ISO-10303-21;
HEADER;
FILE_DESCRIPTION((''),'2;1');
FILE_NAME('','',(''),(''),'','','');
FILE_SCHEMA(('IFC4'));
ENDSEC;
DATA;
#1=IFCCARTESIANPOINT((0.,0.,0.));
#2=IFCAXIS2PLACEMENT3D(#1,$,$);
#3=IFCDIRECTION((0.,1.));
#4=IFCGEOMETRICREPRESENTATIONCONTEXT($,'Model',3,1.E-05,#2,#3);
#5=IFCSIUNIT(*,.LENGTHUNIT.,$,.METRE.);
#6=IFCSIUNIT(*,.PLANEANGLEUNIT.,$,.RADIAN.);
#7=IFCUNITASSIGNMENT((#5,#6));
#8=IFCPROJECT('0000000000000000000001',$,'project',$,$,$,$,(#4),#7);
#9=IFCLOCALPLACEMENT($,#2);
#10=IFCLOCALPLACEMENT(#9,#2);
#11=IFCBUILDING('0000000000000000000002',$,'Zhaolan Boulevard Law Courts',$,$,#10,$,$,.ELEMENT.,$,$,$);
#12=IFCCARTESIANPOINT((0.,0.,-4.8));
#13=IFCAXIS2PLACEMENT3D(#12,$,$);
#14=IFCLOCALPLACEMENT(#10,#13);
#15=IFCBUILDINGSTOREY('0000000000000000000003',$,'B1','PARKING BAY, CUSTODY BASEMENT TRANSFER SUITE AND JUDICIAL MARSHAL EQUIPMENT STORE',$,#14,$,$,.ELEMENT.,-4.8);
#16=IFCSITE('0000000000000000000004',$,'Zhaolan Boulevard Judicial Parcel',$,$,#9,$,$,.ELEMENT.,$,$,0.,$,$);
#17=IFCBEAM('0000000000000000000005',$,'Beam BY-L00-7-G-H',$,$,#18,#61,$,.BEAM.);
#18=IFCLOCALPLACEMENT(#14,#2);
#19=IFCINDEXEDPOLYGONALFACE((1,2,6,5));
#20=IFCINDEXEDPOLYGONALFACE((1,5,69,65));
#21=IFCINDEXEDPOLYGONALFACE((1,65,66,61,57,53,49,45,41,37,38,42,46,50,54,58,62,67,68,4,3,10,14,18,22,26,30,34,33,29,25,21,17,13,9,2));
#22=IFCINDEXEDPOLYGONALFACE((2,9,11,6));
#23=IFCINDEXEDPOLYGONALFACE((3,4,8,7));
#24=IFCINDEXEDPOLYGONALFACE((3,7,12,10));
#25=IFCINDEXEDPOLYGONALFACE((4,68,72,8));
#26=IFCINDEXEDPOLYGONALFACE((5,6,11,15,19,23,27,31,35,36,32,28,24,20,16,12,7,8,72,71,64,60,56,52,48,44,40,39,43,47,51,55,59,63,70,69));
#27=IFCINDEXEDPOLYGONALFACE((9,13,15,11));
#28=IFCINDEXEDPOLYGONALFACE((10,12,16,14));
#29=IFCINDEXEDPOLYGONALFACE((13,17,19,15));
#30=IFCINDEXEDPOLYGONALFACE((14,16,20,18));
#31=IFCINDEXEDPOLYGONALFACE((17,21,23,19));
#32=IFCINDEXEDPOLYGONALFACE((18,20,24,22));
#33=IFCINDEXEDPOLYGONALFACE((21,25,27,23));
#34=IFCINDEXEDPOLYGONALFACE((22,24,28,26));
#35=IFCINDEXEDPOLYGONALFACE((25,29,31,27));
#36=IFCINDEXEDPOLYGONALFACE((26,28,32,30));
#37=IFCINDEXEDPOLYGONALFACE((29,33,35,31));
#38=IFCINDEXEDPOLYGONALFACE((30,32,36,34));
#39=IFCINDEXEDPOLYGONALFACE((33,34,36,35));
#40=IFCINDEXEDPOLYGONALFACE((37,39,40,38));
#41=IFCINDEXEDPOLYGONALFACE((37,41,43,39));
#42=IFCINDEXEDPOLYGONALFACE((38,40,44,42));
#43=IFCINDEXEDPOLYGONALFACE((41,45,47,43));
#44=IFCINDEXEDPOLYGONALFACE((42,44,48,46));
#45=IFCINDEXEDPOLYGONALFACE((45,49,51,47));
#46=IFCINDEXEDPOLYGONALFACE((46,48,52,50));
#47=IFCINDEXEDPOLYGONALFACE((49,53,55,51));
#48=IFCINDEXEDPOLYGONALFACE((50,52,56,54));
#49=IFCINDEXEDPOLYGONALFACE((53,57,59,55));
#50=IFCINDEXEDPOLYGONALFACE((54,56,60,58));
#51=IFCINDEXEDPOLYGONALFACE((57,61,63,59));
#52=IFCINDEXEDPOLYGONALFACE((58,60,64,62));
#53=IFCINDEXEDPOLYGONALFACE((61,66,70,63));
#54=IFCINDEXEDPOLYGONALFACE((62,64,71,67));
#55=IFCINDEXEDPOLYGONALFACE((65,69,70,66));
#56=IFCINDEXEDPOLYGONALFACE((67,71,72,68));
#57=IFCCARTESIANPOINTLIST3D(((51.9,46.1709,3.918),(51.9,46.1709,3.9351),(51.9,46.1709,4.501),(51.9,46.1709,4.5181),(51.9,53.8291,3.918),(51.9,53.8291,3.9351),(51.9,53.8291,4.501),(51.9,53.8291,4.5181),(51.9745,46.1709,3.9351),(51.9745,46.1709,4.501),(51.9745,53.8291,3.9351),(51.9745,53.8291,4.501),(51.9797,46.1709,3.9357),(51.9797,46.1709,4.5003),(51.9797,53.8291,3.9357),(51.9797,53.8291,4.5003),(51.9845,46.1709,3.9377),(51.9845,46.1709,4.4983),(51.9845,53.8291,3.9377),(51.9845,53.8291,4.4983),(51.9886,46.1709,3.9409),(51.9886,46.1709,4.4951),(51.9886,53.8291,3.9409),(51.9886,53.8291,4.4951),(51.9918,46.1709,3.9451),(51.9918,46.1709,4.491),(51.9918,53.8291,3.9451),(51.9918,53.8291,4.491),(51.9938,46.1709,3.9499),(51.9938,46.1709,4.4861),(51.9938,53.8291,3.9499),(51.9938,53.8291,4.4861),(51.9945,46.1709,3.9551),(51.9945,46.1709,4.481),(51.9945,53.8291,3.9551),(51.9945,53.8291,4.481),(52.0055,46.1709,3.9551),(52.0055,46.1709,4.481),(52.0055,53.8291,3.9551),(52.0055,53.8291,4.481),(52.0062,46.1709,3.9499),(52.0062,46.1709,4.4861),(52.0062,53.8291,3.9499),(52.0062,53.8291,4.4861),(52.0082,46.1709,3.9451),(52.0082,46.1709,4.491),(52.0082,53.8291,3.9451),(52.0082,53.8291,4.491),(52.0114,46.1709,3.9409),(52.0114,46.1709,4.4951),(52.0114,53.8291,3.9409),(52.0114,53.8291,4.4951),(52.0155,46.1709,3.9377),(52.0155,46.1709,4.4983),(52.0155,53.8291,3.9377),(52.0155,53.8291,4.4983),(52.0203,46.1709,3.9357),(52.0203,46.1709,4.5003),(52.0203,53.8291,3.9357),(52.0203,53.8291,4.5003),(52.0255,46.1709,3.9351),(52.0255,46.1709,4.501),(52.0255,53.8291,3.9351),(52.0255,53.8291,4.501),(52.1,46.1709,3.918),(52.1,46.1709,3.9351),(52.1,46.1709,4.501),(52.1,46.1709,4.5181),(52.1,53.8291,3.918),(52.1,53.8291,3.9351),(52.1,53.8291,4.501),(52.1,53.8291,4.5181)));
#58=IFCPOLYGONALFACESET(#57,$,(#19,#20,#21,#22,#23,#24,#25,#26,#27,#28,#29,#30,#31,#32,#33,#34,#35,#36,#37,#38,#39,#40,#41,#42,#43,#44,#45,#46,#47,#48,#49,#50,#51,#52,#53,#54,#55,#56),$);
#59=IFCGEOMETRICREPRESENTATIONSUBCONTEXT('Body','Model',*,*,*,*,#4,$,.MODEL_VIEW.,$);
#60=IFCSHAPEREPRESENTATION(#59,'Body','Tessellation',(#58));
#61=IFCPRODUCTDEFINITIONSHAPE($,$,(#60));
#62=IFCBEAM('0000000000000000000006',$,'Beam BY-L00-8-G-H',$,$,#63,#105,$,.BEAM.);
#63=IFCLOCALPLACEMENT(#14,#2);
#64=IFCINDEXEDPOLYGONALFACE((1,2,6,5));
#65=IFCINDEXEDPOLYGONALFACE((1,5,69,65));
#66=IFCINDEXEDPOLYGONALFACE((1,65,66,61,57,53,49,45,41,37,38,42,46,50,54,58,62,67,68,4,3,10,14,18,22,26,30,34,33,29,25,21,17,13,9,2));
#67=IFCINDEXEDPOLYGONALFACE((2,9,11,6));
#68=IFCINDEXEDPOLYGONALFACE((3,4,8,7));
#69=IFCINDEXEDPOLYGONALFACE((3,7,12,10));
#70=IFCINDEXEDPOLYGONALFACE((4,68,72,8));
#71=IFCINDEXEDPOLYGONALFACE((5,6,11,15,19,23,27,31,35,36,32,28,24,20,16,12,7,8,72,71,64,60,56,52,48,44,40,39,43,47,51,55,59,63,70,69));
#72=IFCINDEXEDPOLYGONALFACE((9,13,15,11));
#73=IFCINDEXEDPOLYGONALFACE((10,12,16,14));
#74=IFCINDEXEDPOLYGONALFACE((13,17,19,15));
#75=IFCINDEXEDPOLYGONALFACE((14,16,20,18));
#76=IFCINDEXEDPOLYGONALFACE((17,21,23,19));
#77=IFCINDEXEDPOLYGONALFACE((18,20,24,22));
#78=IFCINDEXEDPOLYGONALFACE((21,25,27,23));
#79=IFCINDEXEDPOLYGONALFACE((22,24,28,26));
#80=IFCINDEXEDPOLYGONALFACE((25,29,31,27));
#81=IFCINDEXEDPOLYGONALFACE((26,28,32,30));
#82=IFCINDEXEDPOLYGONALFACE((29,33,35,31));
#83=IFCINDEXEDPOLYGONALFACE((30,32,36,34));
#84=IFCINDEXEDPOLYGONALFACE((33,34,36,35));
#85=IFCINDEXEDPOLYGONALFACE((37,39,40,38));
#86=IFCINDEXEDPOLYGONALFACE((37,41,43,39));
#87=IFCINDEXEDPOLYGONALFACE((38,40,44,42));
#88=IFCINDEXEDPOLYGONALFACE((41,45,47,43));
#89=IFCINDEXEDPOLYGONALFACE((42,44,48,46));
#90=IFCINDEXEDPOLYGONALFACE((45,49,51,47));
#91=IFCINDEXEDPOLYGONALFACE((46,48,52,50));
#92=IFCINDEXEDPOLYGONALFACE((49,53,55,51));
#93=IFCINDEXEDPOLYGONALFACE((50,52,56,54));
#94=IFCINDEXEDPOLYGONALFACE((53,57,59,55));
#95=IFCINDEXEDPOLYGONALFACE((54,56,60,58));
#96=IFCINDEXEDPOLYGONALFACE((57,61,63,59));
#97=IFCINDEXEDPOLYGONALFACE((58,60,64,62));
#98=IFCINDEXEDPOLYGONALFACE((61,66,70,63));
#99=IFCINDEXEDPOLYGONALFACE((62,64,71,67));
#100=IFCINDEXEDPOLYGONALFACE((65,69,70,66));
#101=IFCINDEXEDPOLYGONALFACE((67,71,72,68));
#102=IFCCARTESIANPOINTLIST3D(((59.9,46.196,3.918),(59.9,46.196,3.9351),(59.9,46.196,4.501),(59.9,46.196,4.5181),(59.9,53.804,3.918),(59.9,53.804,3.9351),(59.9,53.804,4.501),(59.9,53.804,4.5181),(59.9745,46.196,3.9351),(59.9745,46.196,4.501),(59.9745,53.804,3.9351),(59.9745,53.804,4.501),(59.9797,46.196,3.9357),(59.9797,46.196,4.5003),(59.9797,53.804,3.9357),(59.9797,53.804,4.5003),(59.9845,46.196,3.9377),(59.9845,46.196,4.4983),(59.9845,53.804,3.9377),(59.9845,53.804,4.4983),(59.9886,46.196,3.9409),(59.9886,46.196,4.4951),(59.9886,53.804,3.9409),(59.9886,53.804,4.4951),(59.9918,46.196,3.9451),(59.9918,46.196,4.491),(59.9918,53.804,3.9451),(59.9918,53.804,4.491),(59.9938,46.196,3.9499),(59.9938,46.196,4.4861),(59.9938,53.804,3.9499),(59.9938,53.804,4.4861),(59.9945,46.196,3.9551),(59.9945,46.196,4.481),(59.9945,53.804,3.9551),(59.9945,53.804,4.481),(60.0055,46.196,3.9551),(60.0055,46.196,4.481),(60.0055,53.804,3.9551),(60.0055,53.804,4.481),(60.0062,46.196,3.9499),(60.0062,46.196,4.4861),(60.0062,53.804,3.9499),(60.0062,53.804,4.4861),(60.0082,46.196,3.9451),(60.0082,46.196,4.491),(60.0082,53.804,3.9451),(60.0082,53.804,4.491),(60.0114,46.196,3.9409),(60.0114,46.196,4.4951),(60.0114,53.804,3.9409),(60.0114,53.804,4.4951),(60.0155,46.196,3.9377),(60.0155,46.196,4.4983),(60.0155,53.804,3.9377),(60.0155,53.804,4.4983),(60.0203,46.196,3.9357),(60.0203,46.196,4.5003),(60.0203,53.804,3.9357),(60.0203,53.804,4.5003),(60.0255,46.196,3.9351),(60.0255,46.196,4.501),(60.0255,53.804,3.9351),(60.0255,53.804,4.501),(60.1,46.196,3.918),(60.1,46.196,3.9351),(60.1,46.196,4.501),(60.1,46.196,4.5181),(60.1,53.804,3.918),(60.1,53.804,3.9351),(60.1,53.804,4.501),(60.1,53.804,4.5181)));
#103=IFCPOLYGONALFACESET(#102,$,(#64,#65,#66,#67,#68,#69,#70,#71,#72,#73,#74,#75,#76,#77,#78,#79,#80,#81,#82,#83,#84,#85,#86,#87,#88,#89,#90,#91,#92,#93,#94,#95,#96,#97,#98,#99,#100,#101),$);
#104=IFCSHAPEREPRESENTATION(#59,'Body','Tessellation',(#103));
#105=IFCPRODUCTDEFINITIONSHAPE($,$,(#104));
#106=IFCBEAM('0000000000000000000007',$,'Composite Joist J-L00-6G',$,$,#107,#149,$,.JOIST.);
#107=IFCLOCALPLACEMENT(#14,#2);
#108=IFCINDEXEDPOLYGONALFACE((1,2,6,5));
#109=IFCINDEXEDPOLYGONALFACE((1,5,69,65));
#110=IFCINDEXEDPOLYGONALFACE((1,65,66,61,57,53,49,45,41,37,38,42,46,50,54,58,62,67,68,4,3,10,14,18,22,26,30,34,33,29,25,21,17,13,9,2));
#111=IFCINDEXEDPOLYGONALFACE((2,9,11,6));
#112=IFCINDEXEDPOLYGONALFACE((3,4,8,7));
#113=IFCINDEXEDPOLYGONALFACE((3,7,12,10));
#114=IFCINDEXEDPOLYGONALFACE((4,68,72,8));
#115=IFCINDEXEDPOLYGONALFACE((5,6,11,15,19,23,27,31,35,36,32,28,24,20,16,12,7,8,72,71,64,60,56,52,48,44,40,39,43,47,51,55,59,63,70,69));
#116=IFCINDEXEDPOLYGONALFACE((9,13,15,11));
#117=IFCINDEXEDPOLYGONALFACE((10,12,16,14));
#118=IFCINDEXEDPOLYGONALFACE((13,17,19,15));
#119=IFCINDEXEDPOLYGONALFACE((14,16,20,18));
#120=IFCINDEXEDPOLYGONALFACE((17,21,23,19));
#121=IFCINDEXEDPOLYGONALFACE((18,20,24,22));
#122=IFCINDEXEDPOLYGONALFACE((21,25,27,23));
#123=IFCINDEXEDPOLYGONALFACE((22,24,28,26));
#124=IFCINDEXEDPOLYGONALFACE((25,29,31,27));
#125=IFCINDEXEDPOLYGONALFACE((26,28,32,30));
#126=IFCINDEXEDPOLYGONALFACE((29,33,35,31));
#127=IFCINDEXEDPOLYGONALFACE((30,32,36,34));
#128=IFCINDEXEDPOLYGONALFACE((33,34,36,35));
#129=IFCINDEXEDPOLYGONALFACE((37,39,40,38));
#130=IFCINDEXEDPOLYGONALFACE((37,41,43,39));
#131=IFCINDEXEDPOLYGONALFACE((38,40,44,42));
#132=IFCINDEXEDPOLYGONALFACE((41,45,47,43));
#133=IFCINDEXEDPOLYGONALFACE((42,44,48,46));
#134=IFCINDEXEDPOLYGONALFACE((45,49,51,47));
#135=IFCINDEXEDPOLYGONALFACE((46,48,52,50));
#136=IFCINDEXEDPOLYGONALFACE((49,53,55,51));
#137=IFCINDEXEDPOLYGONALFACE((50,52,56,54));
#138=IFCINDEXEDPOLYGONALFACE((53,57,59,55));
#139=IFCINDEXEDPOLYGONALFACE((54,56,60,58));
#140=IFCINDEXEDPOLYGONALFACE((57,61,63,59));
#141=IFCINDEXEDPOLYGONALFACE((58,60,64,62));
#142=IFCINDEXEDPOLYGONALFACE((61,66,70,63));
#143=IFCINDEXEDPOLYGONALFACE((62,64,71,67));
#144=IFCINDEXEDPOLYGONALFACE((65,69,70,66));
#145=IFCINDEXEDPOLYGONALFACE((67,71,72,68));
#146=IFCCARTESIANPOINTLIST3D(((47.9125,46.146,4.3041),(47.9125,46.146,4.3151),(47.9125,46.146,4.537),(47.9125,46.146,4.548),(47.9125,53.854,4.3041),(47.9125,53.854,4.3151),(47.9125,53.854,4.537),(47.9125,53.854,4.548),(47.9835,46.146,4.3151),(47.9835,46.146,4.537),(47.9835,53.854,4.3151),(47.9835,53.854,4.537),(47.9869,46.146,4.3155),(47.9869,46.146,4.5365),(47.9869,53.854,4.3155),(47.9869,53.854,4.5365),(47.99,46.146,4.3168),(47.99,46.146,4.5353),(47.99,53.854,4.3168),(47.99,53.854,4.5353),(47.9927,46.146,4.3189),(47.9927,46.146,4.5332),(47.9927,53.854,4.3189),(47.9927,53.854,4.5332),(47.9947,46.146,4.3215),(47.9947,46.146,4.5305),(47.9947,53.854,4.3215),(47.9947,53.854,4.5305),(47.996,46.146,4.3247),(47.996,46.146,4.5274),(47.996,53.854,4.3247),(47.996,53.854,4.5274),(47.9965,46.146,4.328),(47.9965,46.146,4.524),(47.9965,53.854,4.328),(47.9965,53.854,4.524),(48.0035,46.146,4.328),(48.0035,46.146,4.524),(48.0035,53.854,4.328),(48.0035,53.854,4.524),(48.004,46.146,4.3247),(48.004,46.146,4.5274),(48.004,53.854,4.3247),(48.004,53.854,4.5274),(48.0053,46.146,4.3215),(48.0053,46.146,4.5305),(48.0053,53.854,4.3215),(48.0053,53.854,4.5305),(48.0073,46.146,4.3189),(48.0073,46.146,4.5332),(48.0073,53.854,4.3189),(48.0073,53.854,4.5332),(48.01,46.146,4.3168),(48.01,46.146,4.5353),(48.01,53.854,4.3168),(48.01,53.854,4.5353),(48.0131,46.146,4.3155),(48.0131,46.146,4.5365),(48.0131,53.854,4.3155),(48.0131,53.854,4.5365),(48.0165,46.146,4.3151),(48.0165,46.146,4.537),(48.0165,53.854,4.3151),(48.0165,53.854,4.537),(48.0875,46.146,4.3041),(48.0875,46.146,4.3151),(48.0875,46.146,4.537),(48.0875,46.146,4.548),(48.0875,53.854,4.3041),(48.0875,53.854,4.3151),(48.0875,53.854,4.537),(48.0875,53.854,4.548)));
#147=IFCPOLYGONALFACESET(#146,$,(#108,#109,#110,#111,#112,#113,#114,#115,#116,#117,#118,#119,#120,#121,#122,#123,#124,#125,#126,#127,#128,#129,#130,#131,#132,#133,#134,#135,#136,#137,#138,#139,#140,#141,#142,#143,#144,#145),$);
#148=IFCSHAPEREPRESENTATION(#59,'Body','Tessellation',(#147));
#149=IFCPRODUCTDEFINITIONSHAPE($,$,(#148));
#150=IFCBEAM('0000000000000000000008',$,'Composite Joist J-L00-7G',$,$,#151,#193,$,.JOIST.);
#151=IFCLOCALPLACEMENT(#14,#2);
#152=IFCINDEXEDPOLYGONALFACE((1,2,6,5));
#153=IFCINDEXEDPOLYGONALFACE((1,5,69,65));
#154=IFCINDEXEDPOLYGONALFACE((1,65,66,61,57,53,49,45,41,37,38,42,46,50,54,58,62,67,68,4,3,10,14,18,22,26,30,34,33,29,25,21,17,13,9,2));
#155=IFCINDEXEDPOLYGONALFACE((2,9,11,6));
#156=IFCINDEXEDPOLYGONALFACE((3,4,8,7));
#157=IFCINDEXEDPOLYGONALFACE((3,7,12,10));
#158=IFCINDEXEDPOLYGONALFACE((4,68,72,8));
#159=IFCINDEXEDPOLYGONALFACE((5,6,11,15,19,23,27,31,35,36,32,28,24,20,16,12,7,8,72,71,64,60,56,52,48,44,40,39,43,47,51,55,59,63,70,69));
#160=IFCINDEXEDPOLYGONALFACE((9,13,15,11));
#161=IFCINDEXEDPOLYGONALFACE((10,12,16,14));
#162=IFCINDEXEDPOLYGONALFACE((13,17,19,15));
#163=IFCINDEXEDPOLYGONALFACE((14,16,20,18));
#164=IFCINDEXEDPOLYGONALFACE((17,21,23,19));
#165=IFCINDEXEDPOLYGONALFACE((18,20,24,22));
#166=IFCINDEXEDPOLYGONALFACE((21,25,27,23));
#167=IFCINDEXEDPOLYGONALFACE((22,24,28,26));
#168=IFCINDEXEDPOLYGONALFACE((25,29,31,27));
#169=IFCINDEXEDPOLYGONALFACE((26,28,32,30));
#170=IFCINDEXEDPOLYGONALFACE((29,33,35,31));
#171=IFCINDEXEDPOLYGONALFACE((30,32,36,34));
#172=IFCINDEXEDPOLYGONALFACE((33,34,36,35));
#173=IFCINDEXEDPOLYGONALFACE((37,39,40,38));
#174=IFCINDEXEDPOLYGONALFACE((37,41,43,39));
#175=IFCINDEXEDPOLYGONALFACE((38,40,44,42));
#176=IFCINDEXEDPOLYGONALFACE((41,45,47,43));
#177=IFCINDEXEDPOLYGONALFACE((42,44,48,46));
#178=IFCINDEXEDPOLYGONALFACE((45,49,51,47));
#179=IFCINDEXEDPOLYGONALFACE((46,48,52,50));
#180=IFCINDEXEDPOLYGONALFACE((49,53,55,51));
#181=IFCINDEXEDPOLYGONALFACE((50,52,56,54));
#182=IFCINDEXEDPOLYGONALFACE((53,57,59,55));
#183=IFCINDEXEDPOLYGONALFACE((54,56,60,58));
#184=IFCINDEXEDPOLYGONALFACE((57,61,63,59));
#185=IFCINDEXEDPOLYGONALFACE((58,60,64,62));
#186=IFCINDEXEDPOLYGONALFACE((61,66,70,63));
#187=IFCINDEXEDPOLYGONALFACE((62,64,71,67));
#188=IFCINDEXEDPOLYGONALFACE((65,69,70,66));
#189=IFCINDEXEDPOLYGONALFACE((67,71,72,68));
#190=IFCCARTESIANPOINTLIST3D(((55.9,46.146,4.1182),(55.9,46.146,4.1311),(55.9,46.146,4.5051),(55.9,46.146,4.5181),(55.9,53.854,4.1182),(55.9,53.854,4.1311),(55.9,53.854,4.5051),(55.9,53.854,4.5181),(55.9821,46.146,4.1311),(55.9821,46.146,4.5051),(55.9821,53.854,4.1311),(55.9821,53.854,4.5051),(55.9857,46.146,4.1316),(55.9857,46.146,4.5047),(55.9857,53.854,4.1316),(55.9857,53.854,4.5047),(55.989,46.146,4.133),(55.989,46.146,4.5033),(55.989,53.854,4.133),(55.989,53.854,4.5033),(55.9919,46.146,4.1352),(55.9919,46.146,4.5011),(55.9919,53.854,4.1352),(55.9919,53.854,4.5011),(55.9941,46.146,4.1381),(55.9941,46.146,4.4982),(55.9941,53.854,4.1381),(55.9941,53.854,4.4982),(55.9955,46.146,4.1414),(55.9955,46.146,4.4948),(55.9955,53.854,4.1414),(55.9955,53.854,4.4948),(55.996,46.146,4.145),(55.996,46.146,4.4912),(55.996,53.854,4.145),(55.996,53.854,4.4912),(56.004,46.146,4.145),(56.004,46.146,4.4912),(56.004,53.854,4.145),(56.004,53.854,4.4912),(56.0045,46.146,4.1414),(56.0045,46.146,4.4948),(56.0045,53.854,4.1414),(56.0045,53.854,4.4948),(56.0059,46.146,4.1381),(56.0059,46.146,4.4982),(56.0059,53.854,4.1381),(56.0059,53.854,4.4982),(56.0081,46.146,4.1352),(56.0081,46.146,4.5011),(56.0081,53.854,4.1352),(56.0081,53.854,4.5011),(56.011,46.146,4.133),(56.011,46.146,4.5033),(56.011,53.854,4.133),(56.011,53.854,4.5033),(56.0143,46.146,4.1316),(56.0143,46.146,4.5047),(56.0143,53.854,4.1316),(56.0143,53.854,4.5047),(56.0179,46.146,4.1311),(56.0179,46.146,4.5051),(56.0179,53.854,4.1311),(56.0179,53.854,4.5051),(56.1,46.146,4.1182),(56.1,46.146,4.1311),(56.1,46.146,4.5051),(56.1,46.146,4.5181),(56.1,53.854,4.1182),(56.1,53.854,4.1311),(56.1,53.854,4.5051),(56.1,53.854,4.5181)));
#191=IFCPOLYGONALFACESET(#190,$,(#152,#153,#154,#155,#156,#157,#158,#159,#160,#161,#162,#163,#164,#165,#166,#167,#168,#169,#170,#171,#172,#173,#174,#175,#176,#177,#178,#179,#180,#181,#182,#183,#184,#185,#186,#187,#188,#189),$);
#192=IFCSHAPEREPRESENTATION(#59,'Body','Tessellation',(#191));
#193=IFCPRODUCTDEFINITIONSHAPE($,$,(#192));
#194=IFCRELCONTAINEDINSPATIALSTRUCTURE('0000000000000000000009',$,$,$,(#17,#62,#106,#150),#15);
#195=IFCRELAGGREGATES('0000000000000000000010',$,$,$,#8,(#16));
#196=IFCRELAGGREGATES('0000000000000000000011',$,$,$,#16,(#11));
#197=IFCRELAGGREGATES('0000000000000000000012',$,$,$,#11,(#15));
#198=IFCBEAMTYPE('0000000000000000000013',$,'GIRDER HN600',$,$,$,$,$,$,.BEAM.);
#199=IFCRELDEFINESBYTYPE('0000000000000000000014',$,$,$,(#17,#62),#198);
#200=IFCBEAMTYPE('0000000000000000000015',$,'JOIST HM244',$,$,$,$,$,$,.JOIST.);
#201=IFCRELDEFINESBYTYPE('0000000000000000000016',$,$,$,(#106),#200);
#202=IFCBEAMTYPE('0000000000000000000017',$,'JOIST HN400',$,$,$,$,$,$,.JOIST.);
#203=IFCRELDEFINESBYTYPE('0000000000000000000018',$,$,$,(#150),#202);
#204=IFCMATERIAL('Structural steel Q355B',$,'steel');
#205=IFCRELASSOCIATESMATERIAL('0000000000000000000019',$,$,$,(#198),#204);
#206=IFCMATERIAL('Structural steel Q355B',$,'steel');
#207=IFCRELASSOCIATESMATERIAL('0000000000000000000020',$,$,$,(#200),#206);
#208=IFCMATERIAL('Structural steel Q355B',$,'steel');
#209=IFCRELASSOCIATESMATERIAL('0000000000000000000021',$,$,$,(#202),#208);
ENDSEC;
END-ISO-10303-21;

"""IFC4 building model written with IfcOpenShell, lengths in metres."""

from ifc_helpers import new_model, si_unit, direction, frame, origin, origin_2d, place, context, subcontext, project, spatial, i_section, extrude, material, material_profile, profile_set, type_object, element, save


model = new_model("IFC4")

# Units and contexts
model_context = context("Model", 3, precision=1e-05, world=origin(), true_north=direction((0.0, 1.0)))
body_context = subcontext(model_context, "Body", "Model", "MODEL_VIEW")
ifc_project = project(units=[si_unit("LENGTHUNIT", "METRE"), si_unit("PLANEANGLEUNIT", "RADIAN")], contexts=[model_context])

# Site, building, storey
site_placement = place(None, origin())
site = spatial("IfcSite", under=ifc_project, at=site_placement, Name="Zhaolan Boulevard Judicial Parcel", CompositionType="ELEMENT", RefElevation=0.0)
building_placement = place(site_placement, origin())
building = spatial("IfcBuilding", under=site, at=building_placement, Name="Zhaolan Boulevard Law Courts", CompositionType="ELEMENT")
storey_placement = place(building_placement, frame((0.0, 0.0, -4.8)))
storey = spatial("IfcBuildingStorey", under=building, at=storey_placement, Name="B1", Description="PARKING BAY, CUSTODY BASEMENT TRANSFER SUITE AND JUDICIAL MARSHAL EQUIPMENT STORE", CompositionType="ELEMENT", Elevation=-4.8)

# Beams
ifc_material_1 = material(Name="Structural steel Q355B", Category="steel")
ifc_material_profile_1 = material_profile(ifc_material_1, i_section(OverallWidth=0.2, OverallDepth=0.6001, WebThickness=0.011, FlangeThickness=0.0171, FilletRadius=0.02, at=origin_2d()), Name="HN600x200")
ifc_profile_set_1 = profile_set([ifc_material_profile_1], Name="Structural steel Q355B")
beam_type_1 = type_object("IfcBeamType", Name="GIRDER HN600", PredefinedType="BEAM", material=ifc_profile_set_1)
beam_1_placement = place(storey_placement, frame((52.0, 46.1709, 4.218), z_axis=(0.0, 1.0, 0.0), x_axis=(-1.0, 0.0, 0.0)))
element("IfcBeam", 1, at=beam_1_placement, inside=storey, type_object=beam_type_1, Name="Beam BY-L00-7-G-H", PredefinedType="BEAM", context=body_context, shape_type="SweptSolid", body=[
    extrude(i_section(OverallWidth=0.2, OverallDepth=0.6001, WebThickness=0.011, FlangeThickness=0.0171, FilletRadius=0.02, at=origin_2d()), origin(), (0.0, 0.0, 1.0), 7.6582),
])
beam_2_placement = place(storey_placement, frame((60.0, 46.196, 4.218), z_axis=(0.0, 1.0, 0.0), x_axis=(-1.0, 0.0, 0.0)))
element("IfcBeam", 2, at=beam_2_placement, inside=storey, type_object=beam_type_1, Name="Beam BY-L00-8-G-H", PredefinedType="BEAM", context=body_context, shape_type="SweptSolid", body=[
    extrude(i_section(OverallWidth=0.2, OverallDepth=0.6001, WebThickness=0.011, FlangeThickness=0.0171, FilletRadius=0.02, at=origin_2d()), origin(), (0.0, 0.0, 1.0), 7.6079),
])
ifc_material_2 = material(Name="Structural steel Q355B", Category="steel")
ifc_material_profile_2 = material_profile(ifc_material_2, i_section(OverallWidth=0.175, OverallDepth=0.2439, WebThickness=0.0071, FlangeThickness=0.011, FilletRadius=0.0129, at=origin_2d()), Name="HM244x175")
ifc_profile_set_2 = profile_set([ifc_material_profile_2], Name="Structural steel Q355B")
beam_type_2 = type_object("IfcBeamType", Name="JOIST HM244", PredefinedType="JOIST", material=ifc_profile_set_2)
beam_3_placement = place(storey_placement, frame((48.0, 46.146, 4.426), z_axis=(0.0, 1.0, 0.0), x_axis=(-1.0, 0.0, 0.0)))
element("IfcBeam", 3, at=beam_3_placement, inside=storey, type_object=beam_type_2, Name="Composite Joist J-L00-6G", PredefinedType="JOIST", context=body_context, shape_type="SweptSolid", body=[
    extrude(i_section(OverallWidth=0.175, OverallDepth=0.2439, WebThickness=0.0071, FlangeThickness=0.011, FilletRadius=0.0129, at=origin_2d()), origin(), (0.0, 0.0, 1.0), 7.708),
])
ifc_material_3 = material(Name="Structural steel Q355B", Category="steel")
ifc_material_profile_3 = material_profile(ifc_material_3, i_section(OverallWidth=0.2, OverallDepth=0.3999, WebThickness=0.0081, FlangeThickness=0.0129, FilletRadius=0.0139, at=origin_2d()), Name="HN400x200")
ifc_profile_set_3 = profile_set([ifc_material_profile_3], Name="Structural steel Q355B")
beam_type_3 = type_object("IfcBeamType", Name="JOIST HN400", PredefinedType="JOIST", material=ifc_profile_set_3)
beam_4_placement = place(storey_placement, frame((56.0, 46.146, 4.3181), z_axis=(0.0, 1.0, 0.0), x_axis=(-1.0, 0.0, 0.0)))
element("IfcBeam", 4, at=beam_4_placement, inside=storey, type_object=beam_type_3, Name="Composite Joist J-L00-7G", PredefinedType="JOIST", context=body_context, shape_type="SweptSolid", body=[
    extrude(i_section(OverallWidth=0.2, OverallDepth=0.3999, WebThickness=0.0081, FlangeThickness=0.0129, FilletRadius=0.0139, at=origin_2d()), origin(), (0.0, 0.0, 1.0), 7.708),
])

save(model, "model.ifc")
